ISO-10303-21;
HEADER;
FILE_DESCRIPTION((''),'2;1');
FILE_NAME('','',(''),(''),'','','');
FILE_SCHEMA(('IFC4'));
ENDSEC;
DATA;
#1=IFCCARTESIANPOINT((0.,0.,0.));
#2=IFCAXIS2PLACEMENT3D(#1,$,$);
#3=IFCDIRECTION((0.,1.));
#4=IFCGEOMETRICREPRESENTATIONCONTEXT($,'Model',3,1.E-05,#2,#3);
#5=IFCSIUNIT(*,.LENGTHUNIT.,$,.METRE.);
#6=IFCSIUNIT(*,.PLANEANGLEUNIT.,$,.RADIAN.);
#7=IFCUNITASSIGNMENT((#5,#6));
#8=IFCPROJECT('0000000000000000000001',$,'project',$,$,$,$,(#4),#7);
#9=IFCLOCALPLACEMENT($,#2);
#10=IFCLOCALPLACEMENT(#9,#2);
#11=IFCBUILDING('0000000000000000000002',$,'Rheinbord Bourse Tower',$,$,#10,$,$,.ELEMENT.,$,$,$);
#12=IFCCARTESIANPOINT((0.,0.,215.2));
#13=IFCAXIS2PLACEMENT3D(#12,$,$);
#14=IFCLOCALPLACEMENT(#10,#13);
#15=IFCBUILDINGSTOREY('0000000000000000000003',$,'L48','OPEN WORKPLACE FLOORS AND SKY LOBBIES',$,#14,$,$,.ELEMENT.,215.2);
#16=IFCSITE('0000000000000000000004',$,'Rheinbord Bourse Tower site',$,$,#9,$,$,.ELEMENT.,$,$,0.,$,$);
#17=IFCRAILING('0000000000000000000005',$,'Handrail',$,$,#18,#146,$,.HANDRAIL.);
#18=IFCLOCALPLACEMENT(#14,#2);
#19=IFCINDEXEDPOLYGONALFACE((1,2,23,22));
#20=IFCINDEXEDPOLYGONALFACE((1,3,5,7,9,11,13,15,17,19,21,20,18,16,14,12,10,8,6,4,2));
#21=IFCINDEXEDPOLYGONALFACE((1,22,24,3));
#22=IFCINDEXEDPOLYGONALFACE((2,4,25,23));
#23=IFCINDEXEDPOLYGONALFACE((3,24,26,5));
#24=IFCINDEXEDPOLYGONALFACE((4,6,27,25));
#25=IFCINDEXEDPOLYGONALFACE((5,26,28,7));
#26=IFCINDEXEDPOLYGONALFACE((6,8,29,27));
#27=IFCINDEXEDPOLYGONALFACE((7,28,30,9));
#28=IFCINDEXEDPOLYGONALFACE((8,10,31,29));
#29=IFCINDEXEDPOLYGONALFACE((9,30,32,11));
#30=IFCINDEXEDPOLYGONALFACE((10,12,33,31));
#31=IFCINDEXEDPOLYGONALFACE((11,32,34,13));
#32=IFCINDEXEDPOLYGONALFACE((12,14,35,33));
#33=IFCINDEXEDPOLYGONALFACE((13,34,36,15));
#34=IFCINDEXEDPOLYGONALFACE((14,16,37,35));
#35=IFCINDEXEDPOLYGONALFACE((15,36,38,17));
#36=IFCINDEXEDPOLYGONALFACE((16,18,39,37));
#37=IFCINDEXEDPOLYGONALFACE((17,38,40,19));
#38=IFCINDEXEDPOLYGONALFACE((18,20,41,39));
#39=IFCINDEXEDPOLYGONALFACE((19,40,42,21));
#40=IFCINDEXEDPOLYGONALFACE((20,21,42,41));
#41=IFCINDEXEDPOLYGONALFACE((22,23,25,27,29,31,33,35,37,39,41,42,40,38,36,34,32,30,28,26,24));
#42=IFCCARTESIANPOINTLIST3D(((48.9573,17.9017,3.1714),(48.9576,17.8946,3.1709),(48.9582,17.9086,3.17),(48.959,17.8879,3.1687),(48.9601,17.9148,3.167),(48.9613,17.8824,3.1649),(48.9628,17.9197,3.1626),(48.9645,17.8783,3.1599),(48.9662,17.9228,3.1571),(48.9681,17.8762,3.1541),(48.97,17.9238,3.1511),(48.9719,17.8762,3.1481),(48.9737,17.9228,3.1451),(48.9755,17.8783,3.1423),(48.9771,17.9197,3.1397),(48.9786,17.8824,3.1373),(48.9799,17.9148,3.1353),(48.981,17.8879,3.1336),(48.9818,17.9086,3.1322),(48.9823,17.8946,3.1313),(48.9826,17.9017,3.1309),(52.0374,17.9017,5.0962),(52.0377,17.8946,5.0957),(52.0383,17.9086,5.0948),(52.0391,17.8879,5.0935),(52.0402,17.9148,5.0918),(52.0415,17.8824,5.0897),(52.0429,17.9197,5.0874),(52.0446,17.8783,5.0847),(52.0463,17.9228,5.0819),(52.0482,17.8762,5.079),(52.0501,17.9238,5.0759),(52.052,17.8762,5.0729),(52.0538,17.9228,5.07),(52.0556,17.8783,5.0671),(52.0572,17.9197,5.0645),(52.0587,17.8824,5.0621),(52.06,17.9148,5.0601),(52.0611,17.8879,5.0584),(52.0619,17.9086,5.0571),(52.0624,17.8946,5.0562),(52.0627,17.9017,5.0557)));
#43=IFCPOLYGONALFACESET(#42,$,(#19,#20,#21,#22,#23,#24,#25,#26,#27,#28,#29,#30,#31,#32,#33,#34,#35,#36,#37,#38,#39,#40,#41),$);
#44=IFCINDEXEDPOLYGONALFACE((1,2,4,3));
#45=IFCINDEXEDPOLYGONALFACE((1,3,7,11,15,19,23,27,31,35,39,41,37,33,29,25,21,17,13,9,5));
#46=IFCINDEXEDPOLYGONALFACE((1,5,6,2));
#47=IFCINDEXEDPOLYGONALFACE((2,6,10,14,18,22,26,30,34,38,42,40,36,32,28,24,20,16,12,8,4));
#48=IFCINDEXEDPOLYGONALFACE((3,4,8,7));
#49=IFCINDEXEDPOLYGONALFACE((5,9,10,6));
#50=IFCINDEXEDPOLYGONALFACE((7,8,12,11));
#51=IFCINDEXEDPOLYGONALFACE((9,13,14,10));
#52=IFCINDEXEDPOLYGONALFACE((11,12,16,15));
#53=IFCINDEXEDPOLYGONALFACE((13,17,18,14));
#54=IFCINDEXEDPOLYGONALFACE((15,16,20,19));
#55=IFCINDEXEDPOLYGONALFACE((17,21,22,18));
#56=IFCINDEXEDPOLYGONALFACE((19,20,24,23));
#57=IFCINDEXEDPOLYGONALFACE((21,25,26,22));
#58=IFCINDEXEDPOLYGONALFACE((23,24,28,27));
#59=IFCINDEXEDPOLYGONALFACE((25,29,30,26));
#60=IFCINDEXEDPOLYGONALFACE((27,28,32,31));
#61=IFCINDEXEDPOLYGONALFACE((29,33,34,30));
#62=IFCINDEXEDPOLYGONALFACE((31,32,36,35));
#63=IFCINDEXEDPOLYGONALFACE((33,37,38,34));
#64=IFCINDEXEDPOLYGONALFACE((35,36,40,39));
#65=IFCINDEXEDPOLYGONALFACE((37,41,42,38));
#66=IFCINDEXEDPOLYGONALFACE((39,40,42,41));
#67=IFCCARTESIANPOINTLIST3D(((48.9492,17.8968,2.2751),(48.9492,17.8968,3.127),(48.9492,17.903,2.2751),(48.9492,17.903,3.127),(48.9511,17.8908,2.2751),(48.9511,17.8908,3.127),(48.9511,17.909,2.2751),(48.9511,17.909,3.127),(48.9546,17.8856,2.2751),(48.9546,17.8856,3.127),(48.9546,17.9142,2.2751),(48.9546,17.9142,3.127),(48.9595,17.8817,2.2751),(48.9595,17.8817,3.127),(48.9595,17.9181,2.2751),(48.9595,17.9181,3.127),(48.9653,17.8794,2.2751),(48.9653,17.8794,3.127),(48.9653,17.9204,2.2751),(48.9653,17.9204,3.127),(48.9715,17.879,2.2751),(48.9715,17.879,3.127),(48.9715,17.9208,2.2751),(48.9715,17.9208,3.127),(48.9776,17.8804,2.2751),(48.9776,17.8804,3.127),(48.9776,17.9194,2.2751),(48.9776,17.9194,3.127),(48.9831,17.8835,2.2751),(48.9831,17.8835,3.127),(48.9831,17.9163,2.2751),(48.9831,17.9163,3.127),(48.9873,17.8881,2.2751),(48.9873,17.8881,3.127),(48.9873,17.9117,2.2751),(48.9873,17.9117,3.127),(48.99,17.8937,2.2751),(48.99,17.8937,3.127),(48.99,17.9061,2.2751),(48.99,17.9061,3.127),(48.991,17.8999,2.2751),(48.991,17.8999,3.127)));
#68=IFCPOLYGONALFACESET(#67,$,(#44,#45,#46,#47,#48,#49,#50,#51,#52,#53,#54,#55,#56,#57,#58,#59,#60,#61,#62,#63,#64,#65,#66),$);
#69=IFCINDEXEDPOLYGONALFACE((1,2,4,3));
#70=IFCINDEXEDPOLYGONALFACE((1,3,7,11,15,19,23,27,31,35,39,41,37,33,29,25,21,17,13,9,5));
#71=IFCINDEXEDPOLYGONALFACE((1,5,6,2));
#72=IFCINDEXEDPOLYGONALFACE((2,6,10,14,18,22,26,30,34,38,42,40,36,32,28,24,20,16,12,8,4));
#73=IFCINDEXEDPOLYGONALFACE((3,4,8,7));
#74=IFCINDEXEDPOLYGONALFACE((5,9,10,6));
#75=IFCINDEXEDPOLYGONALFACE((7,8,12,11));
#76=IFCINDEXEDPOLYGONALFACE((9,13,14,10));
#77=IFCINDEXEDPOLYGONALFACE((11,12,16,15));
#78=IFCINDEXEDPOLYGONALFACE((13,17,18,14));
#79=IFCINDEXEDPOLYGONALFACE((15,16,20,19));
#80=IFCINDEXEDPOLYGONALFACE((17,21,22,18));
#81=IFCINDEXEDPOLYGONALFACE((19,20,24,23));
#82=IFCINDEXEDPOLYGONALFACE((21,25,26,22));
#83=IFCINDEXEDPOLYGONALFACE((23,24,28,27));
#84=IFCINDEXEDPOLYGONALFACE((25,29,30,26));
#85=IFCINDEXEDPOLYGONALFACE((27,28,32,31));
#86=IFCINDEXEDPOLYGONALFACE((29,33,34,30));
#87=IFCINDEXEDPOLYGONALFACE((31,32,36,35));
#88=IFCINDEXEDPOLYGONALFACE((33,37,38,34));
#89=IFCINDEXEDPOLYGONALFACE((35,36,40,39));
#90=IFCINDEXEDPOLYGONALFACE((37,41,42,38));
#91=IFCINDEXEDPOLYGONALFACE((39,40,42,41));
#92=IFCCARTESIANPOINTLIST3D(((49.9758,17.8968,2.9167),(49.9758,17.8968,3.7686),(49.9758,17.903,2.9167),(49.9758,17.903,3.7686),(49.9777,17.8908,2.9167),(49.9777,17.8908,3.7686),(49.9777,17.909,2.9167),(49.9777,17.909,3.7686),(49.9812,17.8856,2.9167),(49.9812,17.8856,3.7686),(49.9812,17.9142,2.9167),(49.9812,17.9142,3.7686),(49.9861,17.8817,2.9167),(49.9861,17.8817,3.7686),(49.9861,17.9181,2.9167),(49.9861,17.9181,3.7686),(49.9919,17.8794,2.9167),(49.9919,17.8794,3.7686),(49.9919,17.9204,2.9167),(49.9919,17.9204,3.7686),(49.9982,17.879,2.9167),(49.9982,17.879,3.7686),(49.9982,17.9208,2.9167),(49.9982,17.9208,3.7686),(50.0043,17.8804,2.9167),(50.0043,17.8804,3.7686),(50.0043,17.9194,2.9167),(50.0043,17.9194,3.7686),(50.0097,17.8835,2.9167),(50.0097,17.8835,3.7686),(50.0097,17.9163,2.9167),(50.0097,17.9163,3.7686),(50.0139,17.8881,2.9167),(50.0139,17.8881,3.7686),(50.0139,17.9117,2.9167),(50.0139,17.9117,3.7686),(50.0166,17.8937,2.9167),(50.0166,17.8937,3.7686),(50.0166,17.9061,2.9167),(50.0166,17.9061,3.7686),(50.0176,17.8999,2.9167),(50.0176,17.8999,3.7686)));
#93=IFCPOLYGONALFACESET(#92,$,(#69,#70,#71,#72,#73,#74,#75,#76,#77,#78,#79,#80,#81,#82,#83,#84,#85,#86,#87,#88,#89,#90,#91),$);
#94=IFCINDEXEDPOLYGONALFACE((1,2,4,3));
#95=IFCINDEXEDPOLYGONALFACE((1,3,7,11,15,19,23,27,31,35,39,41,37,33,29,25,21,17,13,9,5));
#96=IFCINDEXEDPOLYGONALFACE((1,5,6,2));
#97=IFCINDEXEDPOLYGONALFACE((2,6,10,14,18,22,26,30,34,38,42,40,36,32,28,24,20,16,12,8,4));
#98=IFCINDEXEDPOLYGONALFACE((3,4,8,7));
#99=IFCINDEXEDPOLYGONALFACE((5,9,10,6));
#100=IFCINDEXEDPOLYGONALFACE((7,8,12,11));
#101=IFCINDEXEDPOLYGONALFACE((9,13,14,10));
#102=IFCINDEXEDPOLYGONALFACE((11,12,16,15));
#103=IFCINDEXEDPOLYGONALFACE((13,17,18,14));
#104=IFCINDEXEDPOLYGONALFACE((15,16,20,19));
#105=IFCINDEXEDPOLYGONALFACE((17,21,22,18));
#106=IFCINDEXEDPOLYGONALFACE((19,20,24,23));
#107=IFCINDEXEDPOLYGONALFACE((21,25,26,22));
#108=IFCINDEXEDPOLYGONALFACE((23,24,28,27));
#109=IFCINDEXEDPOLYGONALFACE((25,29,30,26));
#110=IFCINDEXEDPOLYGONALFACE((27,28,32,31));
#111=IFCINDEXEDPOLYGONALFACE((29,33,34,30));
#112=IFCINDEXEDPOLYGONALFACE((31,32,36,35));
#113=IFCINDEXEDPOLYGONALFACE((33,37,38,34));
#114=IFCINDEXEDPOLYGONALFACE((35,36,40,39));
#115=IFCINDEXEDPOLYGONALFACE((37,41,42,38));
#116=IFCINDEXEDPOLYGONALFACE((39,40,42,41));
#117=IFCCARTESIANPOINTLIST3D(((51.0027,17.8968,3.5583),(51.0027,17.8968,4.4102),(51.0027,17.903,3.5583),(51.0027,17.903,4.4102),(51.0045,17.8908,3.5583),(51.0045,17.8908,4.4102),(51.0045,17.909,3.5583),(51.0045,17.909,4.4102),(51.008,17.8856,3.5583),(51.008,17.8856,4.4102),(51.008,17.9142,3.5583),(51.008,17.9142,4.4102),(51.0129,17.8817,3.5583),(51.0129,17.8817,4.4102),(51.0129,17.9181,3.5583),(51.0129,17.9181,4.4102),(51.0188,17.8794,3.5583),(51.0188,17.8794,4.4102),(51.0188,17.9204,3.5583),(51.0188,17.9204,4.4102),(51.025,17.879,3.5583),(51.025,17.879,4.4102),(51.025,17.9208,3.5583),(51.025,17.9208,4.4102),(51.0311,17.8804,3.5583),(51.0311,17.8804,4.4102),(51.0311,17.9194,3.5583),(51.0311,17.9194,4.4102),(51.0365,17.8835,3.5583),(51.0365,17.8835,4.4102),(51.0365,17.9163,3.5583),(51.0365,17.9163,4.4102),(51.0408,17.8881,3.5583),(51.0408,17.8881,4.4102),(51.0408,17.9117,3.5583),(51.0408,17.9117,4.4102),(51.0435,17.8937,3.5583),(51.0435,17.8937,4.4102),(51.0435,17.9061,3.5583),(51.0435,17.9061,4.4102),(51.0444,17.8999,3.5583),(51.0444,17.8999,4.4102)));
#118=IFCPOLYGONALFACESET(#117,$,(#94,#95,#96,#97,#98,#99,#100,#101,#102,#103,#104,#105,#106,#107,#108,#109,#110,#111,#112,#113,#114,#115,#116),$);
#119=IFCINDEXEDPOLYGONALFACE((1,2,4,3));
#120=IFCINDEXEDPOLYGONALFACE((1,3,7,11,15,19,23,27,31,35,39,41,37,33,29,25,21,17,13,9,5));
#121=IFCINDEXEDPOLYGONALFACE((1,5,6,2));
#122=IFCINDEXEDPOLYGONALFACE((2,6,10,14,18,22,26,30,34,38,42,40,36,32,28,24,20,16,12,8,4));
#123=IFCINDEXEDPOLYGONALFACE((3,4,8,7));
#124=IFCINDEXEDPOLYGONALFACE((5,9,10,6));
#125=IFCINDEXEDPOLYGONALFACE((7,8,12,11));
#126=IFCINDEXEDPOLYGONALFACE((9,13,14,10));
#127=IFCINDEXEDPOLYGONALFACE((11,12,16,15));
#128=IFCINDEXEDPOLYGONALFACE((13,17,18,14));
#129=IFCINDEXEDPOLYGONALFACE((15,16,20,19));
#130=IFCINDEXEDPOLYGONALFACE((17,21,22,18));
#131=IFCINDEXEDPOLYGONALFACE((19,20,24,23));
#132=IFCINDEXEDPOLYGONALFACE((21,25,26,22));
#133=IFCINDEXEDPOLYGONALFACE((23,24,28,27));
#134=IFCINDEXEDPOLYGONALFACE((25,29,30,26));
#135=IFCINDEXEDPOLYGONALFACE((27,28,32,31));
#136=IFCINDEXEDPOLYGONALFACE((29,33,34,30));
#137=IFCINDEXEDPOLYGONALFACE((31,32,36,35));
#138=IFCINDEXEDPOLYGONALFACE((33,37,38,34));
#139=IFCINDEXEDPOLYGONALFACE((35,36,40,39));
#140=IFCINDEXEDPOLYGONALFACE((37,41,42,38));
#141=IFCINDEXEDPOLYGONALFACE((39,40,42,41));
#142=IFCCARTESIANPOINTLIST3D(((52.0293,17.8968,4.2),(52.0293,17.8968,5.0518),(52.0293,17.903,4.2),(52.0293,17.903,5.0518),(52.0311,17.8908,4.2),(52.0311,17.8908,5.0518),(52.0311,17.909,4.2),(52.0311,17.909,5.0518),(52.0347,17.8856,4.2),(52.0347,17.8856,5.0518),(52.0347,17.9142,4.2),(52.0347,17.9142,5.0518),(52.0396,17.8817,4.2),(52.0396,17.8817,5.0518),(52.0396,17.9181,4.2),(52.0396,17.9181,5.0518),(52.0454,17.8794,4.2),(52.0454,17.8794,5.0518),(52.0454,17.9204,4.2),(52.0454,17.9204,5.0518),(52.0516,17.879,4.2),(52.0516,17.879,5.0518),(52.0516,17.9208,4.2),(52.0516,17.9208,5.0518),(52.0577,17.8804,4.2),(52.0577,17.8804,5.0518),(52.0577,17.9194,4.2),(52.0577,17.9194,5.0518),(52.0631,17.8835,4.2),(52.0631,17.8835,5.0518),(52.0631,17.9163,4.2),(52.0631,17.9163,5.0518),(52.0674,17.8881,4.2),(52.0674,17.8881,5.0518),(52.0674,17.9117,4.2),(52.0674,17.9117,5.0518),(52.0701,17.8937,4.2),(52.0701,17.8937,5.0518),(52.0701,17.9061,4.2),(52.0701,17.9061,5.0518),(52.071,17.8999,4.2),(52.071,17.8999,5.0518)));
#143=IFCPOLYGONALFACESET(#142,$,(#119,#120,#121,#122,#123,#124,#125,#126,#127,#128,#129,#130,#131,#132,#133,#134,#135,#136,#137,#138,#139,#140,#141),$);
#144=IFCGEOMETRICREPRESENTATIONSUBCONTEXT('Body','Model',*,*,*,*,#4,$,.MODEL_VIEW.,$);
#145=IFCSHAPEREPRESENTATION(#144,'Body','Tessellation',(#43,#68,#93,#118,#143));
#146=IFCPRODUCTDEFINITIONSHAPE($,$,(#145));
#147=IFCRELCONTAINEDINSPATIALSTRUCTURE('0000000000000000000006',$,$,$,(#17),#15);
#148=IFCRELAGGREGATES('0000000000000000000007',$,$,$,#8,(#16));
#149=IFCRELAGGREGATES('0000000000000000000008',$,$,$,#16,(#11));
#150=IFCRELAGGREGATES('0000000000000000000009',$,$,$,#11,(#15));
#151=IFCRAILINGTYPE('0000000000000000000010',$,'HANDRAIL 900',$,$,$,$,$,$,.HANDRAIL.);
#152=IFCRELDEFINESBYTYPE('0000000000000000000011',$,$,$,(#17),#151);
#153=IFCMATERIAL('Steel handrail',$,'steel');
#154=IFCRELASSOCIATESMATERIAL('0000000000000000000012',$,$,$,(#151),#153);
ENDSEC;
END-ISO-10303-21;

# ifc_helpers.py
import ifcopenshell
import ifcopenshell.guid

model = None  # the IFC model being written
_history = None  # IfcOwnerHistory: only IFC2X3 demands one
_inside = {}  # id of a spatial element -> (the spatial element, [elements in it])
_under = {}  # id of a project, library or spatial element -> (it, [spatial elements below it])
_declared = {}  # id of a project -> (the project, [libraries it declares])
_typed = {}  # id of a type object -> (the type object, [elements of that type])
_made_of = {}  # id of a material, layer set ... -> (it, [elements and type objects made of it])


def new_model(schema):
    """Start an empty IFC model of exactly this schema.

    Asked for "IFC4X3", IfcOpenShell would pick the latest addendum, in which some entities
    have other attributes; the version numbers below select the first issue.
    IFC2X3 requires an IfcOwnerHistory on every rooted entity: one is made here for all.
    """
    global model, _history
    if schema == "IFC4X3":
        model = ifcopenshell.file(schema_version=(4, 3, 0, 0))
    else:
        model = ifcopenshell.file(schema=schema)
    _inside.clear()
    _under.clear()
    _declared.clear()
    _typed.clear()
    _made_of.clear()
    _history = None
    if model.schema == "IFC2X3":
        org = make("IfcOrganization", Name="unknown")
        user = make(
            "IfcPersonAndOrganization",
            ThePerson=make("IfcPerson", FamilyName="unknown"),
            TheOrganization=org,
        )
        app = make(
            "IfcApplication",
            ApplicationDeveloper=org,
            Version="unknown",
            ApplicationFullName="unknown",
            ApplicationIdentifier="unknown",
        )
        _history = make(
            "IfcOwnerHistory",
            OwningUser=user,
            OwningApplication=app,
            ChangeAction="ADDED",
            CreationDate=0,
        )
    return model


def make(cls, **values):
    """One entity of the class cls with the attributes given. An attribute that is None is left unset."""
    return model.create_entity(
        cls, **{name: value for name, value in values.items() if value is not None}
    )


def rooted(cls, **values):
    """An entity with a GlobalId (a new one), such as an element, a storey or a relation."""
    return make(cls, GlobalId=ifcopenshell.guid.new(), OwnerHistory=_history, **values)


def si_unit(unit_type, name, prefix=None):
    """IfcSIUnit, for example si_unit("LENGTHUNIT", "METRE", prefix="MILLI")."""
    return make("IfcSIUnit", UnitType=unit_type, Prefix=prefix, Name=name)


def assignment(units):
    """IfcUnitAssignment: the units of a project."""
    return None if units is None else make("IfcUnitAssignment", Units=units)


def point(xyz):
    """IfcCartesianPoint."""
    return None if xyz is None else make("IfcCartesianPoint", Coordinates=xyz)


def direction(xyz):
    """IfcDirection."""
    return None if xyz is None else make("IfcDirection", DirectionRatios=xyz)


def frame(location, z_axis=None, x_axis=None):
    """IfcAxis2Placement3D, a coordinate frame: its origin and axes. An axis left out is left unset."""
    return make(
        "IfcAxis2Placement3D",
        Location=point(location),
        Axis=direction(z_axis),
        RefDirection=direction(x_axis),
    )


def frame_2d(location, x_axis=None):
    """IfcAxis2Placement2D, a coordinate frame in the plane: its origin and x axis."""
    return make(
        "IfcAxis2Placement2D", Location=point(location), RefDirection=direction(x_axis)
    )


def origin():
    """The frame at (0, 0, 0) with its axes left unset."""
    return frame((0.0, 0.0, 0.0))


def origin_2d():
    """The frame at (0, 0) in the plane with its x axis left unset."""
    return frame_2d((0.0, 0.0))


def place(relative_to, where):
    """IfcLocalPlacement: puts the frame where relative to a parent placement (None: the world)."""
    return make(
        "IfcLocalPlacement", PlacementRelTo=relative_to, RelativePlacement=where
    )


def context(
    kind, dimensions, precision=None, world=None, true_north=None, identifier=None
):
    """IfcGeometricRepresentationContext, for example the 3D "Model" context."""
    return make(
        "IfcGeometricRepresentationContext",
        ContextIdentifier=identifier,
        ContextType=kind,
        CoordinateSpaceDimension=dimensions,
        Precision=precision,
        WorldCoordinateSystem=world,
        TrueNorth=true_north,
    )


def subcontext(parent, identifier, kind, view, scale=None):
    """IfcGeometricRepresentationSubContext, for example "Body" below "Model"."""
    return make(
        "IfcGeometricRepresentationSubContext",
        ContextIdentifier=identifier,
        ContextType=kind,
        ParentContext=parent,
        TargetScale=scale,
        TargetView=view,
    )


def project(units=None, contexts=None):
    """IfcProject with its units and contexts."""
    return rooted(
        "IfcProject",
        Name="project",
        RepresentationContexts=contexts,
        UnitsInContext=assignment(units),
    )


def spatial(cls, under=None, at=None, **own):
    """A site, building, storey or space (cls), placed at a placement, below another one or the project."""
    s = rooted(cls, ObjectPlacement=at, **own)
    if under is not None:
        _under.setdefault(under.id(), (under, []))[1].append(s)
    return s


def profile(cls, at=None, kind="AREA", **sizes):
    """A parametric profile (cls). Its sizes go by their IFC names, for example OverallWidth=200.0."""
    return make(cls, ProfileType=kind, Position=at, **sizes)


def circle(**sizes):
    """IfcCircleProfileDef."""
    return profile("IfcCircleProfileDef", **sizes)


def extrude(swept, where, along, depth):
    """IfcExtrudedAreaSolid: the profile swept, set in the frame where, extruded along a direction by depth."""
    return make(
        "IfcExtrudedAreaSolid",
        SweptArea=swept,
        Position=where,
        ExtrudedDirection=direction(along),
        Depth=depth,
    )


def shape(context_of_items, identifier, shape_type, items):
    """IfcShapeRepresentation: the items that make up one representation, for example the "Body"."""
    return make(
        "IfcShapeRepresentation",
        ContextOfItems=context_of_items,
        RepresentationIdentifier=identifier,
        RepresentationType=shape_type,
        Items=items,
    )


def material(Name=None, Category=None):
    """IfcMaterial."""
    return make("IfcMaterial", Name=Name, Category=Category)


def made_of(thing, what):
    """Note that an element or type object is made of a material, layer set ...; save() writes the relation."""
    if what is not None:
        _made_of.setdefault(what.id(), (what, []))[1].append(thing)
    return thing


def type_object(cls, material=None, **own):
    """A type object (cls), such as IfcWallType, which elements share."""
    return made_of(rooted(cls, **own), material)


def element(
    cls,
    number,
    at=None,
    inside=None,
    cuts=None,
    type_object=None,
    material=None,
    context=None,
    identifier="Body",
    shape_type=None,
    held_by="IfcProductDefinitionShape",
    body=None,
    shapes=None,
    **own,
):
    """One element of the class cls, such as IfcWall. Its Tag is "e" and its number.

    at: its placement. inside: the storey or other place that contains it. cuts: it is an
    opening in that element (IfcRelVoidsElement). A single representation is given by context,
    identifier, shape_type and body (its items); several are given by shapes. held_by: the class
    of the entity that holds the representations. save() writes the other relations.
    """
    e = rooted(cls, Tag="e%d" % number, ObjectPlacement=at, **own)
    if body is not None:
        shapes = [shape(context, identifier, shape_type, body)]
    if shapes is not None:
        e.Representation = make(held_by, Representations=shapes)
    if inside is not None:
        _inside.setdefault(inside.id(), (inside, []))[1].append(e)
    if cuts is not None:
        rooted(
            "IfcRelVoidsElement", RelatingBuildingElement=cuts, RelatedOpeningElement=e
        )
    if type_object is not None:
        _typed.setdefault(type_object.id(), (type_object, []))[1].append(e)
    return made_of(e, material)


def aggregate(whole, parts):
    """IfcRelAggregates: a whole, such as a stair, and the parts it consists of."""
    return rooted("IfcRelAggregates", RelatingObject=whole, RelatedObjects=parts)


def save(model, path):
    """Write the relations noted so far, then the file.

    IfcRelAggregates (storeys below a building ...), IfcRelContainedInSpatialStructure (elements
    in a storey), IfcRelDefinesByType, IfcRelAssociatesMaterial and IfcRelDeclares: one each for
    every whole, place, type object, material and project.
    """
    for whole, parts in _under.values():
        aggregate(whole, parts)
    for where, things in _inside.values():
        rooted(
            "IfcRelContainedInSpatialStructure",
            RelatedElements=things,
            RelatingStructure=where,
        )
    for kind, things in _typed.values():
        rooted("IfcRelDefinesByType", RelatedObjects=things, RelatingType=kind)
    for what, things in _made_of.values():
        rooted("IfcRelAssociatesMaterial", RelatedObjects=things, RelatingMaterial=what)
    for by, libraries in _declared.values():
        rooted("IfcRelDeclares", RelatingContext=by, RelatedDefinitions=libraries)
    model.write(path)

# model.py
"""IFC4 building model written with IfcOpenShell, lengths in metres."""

from ifc_helpers import new_model, si_unit, direction, frame, origin, origin_2d, place, context, subcontext, project, spatial, circle, extrude, material, type_object, element, save


model = new_model("IFC4")

# Units and contexts
model_context = context("Model", 3, precision=1e-05, world=origin(), true_north=direction((0.0, 1.0)))
body_context = subcontext(model_context, "Body", "Model", "MODEL_VIEW")
ifc_project = project(units=[si_unit("LENGTHUNIT", "METRE"), si_unit("PLANEANGLEUNIT", "RADIAN")], contexts=[model_context])

# Site, building, storey
site_placement = place(None, origin())
site = spatial("IfcSite", under=ifc_project, at=site_placement, Name="Rheinbord Bourse Tower site", CompositionType="ELEMENT", RefElevation=0.0)
building_placement = place(site_placement, origin())
building = spatial("IfcBuilding", under=site, at=building_placement, Name="Rheinbord Bourse Tower", CompositionType="ELEMENT")
storey_placement = place(building_placement, frame((0.0, 0.0, 215.2)))
storey = spatial("IfcBuildingStorey", under=building, at=storey_placement, Name="L48", Description="OPEN WORKPLACE FLOORS AND SKY LOBBIES", CompositionType="ELEMENT", Elevation=215.2)

# Railing
ifc_material_1 = material(Name="Steel handrail", Category="steel")
railing_type = type_object("IfcRailingType", Name="HANDRAIL 900", PredefinedType="HANDRAIL", material=ifc_material_1)
railing_1_placement = place(storey_placement, frame((48.97, 17.8999, 2.2751)))
element("IfcRailing", 1, at=railing_1_placement, inside=storey, type_object=railing_type, Name="Handrail", PredefinedType="HANDRAIL", context=body_context, shape_type="SweptSolid", body=[
    extrude(circle(Radius=0.0239, at=origin_2d()), frame((0.0, 0.0, 0.876), z_axis=(0.848029, 0.0, 0.529951), x_axis=(0.0, 1.0, 0.0)), (0.0, 0.0, 1.0), 3.6321),
    extrude(circle(Radius=0.021, at=origin_2d()), origin(), (0.0, 0.0, 1.0), 0.8518),
    extrude(circle(Radius=0.021, at=origin_2d()), frame((1.0266, 0.0, 0.6416)), (0.0, 0.0, 1.0), 0.8518),
    extrude(circle(Radius=0.021, at=origin_2d()), frame((2.0535, 0.0, 1.2832)), (0.0, 0.0, 1.0), 0.8518),
    extrude(circle(Radius=0.021, at=origin_2d()), frame((3.0801, 0.0, 1.9248)), (0.0, 0.0, 1.0), 0.8518),
])

save(model, "model.ifc")
